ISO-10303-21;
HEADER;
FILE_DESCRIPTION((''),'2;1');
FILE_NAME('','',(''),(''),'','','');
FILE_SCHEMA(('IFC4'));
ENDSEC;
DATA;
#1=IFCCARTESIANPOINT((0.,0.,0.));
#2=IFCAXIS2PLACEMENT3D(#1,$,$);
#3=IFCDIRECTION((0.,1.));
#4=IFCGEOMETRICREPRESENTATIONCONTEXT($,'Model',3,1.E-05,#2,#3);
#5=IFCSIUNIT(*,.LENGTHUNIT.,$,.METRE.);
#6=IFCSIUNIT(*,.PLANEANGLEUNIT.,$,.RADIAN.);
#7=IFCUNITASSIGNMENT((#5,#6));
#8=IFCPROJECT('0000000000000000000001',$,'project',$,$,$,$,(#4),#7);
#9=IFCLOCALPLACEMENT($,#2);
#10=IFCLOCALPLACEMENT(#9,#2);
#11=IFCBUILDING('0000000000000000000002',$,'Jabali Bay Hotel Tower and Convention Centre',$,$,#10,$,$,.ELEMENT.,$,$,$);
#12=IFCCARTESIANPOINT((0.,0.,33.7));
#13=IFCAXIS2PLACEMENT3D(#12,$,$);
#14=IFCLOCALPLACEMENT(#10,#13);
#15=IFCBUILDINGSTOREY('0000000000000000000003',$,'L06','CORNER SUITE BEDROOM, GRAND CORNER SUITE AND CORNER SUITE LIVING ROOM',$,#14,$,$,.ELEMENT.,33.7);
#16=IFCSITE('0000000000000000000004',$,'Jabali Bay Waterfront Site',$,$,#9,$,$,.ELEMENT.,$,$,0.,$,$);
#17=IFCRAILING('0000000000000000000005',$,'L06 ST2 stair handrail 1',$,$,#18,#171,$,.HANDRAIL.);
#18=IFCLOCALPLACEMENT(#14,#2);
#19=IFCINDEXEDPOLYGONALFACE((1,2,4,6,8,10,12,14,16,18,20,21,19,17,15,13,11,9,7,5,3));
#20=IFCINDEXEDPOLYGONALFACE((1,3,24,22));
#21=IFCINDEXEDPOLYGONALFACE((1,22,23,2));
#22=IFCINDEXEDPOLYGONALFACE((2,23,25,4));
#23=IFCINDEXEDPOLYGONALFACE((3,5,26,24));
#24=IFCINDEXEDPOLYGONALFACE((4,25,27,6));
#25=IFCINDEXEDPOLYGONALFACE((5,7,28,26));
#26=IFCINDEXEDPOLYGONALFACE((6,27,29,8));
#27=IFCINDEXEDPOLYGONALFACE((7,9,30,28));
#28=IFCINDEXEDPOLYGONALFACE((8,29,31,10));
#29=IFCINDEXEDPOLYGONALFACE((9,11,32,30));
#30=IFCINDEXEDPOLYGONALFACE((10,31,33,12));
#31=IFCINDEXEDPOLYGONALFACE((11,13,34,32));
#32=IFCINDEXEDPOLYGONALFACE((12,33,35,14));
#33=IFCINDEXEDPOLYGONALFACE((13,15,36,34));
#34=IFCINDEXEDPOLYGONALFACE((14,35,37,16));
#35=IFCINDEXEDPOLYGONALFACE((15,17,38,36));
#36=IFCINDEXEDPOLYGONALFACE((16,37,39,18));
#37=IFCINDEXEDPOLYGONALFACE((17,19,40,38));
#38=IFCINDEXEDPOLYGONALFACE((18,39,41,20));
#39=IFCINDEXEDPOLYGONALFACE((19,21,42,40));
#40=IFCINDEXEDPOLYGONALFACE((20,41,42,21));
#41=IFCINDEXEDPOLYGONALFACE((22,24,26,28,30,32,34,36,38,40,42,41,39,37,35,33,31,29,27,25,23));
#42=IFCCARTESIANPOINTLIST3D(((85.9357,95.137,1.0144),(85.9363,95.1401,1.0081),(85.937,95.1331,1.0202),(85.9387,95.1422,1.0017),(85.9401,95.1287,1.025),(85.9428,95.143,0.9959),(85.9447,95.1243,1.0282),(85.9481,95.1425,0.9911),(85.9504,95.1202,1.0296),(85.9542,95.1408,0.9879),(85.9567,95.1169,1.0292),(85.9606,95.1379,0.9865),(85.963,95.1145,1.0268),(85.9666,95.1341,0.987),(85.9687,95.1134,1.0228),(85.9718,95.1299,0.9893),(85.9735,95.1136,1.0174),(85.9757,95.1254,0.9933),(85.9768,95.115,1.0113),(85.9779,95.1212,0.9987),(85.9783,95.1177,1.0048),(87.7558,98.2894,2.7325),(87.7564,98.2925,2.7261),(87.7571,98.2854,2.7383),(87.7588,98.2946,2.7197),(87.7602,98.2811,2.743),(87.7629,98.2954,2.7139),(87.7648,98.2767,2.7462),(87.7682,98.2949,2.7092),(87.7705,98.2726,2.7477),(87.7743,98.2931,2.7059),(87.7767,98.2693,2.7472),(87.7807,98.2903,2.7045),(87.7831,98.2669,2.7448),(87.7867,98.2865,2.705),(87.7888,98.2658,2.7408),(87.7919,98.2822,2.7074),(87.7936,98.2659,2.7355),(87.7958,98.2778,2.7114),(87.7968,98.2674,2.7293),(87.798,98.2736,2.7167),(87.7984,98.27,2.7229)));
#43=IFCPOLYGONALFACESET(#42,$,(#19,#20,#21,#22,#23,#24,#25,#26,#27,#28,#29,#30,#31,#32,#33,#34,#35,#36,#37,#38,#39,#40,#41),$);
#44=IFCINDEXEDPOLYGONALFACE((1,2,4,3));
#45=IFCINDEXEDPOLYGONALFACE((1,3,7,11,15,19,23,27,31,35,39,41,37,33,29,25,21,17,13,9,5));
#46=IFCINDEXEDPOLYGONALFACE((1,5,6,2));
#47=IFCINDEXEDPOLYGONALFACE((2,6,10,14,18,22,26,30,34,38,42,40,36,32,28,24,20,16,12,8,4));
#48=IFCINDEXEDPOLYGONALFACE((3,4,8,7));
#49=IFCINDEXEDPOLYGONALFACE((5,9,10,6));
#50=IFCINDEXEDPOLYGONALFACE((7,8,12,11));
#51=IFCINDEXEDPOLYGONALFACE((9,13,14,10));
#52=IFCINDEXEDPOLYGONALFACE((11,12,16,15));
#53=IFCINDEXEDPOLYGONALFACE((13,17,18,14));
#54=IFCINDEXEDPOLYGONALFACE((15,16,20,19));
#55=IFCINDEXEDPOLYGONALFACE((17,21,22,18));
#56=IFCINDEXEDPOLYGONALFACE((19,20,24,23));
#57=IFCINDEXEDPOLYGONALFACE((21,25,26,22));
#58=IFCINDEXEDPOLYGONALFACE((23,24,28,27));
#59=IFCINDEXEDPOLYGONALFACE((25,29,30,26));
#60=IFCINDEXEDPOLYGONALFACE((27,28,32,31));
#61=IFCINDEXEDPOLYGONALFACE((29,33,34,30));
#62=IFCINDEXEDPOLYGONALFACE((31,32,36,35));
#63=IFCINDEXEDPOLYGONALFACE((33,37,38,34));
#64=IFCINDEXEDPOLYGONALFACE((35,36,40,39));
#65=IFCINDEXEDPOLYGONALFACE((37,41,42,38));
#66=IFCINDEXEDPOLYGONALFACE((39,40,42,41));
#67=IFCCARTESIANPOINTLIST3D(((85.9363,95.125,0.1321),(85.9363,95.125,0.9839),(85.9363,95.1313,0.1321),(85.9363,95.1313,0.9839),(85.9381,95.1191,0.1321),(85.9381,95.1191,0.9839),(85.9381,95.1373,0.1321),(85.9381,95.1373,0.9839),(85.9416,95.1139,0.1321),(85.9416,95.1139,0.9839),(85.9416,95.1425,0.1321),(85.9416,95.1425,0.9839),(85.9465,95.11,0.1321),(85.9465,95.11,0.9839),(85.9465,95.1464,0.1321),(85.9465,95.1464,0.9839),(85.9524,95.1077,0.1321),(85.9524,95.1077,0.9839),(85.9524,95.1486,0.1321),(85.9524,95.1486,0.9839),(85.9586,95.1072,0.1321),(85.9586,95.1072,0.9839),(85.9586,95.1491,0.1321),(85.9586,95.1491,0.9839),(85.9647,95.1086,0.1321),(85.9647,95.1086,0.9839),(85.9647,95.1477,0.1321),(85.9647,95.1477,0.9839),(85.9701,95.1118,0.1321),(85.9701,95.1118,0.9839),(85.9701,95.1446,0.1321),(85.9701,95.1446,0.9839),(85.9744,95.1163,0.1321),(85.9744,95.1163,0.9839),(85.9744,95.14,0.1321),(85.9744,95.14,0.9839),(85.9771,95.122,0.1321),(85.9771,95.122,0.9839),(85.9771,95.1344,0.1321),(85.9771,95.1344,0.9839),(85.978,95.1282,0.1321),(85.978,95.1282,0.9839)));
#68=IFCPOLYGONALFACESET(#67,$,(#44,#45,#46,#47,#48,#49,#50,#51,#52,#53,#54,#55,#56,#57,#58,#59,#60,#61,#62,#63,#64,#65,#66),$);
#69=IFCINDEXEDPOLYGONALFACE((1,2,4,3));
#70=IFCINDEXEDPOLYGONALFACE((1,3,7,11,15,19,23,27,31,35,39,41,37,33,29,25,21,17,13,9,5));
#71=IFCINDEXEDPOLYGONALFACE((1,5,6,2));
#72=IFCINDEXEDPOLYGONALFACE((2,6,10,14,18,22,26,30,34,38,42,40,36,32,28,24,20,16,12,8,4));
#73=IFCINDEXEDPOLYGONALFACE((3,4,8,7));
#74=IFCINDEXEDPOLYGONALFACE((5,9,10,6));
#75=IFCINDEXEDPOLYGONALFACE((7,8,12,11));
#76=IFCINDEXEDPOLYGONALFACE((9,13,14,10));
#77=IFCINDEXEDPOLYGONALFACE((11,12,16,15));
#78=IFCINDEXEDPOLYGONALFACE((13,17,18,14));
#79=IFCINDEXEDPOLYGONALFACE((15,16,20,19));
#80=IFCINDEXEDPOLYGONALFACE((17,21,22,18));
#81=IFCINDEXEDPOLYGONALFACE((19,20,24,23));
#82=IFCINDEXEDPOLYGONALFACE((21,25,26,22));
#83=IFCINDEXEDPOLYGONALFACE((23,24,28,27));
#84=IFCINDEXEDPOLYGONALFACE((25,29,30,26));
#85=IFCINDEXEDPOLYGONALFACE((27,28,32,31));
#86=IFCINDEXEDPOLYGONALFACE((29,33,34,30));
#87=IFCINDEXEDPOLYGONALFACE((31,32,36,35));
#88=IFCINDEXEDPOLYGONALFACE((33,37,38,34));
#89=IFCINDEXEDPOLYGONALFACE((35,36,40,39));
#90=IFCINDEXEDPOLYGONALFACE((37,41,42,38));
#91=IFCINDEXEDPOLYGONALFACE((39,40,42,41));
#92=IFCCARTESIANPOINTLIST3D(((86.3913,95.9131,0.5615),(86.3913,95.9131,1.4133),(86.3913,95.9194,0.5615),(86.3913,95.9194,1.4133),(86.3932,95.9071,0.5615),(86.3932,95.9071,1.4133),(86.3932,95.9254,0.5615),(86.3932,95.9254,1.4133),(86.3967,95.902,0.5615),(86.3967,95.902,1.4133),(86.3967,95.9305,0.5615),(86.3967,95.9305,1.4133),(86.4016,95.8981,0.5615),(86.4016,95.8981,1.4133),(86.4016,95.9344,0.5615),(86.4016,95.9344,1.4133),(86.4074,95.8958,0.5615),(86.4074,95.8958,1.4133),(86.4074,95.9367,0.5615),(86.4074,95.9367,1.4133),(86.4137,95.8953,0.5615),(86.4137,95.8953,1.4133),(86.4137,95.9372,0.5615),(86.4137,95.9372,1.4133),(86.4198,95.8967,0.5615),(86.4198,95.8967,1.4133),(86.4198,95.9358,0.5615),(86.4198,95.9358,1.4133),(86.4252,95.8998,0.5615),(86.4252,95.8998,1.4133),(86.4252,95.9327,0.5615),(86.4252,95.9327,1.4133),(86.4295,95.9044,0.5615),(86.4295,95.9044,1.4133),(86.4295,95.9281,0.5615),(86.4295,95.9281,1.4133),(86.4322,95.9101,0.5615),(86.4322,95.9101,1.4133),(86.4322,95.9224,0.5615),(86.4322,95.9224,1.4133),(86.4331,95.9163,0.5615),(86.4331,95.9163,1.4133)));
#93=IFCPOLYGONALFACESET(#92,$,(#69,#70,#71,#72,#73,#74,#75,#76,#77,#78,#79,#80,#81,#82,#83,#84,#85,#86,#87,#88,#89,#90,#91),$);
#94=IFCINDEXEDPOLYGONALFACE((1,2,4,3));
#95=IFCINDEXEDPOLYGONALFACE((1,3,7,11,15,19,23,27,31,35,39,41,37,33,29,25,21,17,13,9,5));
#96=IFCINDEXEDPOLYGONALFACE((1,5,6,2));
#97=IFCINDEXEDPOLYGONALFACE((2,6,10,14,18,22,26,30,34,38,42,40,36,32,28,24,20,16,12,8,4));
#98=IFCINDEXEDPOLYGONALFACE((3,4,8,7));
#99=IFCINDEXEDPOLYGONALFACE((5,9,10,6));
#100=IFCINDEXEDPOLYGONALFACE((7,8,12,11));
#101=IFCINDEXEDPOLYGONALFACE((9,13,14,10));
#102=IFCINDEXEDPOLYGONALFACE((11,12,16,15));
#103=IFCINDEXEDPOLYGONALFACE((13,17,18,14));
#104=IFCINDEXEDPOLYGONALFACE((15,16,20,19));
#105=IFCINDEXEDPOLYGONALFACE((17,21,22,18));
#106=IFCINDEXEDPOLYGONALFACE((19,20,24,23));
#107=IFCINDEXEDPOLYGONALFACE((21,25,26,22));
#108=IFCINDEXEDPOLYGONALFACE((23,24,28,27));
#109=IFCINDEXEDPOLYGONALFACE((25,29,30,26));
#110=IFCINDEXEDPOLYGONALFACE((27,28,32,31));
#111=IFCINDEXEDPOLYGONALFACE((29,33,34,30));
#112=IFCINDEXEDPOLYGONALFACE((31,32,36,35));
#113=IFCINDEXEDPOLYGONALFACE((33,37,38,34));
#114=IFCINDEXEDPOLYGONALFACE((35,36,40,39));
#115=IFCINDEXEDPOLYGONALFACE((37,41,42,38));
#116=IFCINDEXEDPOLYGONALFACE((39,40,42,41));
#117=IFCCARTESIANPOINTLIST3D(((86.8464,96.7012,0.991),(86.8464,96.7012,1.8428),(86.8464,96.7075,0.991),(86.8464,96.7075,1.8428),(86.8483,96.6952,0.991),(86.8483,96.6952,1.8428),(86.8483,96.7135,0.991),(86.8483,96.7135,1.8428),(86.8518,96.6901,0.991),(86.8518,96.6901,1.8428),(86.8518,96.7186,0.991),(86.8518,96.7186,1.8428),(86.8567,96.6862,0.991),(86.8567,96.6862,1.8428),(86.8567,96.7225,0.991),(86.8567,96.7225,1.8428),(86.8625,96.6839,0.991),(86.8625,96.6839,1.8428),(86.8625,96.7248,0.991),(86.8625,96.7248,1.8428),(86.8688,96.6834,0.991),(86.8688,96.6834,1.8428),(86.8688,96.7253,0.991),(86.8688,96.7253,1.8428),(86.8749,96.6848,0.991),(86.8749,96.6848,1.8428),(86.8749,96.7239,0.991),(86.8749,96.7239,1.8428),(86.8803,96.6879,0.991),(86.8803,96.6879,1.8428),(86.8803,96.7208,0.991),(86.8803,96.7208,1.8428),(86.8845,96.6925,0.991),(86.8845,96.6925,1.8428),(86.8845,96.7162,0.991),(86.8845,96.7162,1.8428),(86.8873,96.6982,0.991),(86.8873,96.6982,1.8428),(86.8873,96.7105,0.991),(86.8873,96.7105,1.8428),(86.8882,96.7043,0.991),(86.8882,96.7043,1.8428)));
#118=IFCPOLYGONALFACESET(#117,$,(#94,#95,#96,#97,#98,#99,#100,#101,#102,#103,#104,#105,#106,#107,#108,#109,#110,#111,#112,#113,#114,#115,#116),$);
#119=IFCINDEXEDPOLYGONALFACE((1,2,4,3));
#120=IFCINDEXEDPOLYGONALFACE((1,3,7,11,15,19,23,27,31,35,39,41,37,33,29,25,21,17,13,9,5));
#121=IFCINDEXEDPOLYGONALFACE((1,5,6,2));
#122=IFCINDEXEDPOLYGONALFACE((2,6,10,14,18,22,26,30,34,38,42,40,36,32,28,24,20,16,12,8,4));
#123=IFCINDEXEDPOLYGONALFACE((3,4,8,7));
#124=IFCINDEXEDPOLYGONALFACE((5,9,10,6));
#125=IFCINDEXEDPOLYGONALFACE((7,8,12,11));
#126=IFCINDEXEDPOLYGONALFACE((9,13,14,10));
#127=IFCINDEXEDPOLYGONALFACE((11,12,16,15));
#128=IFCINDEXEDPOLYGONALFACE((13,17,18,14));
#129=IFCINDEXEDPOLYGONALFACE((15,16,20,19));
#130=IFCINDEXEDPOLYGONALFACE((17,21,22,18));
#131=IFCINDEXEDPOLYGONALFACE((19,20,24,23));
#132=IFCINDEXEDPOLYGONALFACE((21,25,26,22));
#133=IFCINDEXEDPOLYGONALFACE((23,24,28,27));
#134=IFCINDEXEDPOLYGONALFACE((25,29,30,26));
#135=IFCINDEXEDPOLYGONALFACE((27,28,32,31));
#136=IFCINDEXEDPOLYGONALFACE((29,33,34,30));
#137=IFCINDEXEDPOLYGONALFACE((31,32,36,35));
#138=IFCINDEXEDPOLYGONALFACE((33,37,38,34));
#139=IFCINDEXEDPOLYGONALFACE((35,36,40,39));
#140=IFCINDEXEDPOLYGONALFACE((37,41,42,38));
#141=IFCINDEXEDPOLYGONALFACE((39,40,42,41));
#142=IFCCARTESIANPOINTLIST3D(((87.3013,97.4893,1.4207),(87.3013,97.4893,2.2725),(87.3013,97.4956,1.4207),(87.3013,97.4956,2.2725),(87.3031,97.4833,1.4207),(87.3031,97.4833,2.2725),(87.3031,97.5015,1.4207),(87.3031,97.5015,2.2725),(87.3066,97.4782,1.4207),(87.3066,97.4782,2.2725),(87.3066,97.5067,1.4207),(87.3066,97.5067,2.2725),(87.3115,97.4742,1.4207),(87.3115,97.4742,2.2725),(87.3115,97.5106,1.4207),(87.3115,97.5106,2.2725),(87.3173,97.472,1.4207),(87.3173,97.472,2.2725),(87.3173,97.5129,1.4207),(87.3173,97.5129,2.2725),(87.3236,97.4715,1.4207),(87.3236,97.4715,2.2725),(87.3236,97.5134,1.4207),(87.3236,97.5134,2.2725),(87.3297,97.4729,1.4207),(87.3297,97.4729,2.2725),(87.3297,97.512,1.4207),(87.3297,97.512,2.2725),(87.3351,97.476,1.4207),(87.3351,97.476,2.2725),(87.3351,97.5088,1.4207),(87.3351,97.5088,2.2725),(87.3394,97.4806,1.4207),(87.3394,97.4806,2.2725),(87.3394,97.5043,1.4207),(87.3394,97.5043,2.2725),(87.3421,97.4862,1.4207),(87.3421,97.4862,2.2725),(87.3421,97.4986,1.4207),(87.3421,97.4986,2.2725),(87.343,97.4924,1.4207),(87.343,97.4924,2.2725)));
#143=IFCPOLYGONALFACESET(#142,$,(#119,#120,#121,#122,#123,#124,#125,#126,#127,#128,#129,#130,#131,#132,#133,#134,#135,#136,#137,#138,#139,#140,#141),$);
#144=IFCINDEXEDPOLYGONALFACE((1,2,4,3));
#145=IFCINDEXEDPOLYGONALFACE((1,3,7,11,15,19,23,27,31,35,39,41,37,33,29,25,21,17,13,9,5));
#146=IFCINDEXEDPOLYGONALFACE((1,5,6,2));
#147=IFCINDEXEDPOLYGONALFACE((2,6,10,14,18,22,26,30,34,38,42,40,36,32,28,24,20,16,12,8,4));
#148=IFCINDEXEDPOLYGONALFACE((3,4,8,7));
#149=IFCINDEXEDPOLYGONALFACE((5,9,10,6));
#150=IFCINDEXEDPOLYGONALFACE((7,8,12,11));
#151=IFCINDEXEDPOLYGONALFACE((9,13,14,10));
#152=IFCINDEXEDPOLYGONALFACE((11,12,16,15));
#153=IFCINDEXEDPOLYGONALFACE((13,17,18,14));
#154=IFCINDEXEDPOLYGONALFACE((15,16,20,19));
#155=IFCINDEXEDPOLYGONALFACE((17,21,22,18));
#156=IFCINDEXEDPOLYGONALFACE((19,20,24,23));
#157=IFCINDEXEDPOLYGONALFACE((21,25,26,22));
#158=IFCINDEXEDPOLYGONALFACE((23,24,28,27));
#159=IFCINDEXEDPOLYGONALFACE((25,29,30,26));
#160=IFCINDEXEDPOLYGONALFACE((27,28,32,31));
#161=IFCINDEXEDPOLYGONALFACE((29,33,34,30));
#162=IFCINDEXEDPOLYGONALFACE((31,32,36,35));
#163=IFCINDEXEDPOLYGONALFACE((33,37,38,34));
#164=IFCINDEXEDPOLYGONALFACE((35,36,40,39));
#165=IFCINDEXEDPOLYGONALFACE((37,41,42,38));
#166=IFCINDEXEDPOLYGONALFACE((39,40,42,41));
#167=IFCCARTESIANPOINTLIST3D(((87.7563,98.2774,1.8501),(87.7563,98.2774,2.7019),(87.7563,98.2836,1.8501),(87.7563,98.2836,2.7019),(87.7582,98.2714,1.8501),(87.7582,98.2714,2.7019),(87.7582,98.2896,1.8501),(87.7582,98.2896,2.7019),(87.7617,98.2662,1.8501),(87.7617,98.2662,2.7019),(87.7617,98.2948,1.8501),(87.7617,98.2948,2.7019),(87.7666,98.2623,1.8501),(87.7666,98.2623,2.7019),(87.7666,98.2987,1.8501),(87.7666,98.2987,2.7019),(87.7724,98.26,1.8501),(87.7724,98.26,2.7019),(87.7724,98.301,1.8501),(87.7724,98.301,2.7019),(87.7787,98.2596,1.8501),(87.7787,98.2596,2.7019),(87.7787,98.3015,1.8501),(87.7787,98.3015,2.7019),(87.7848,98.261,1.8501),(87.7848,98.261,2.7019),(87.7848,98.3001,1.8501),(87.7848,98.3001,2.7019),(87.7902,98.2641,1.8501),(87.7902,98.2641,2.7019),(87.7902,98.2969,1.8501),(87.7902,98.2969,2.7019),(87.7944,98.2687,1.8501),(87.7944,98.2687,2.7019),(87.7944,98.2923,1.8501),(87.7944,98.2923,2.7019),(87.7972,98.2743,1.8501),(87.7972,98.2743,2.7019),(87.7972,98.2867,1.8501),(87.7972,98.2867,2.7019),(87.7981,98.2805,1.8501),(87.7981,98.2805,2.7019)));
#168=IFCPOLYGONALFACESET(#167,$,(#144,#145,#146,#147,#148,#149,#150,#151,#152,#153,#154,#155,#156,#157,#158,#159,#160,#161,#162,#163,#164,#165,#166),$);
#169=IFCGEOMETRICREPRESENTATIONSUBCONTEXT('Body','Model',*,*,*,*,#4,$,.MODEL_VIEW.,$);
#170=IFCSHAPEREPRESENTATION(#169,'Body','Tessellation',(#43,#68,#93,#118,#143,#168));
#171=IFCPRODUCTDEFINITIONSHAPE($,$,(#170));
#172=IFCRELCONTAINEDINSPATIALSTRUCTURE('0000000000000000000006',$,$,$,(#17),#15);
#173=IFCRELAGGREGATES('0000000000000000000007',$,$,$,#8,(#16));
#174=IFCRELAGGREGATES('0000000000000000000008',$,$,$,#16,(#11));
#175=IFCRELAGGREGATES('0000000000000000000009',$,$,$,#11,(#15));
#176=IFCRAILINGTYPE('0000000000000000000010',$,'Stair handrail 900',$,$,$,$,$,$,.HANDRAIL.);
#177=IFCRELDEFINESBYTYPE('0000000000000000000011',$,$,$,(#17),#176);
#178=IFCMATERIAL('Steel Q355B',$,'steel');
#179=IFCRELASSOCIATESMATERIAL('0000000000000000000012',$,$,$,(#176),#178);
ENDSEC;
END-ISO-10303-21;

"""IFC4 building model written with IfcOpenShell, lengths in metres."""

from ifc_helpers import new_model, si_unit, direction, frame, origin, origin_2d, place, context, subcontext, project, spatial, circle, extrude, material, type_object, element, save


model = new_model("IFC4")

# Units and contexts
model_context = context("Model", 3, precision=1e-05, world=origin(), true_north=direction((0.0, 1.0)))
body_context = subcontext(model_context, "Body", "Model", "MODEL_VIEW")
ifc_project = project(units=[si_unit("LENGTHUNIT", "METRE"), si_unit("PLANEANGLEUNIT", "RADIAN")], contexts=[model_context])

# Site, building, storey
site_placement = place(None, origin())
site = spatial("IfcSite", under=ifc_project, at=site_placement, Name="Jabali Bay Waterfront Site", CompositionType="ELEMENT", RefElevation=0.0)
building_placement = place(site_placement, origin())
building = spatial("IfcBuilding", under=site, at=building_placement, Name="Jabali Bay Hotel Tower and Convention Centre", CompositionType="ELEMENT")
storey_placement = place(building_placement, frame((0.0, 0.0, 33.7)))
storey = spatial("IfcBuildingStorey", under=building, at=storey_placement, Name="L06", Description="CORNER SUITE BEDROOM, GRAND CORNER SUITE AND CORNER SUITE LIVING ROOM", CompositionType="ELEMENT", Elevation=33.7)

# Railing
ifc_material_1 = material(Name="Steel Q355B", Category="steel")
railing_type_1 = type_object("IfcRailingType", Name="Stair handrail 900", PredefinedType="HANDRAIL", material=ifc_material_1)
railing_1_placement = place(storey_placement, frame((85.957, 95.1282, 0.1321)))
element("IfcRailing", 1, at=railing_1_placement, inside=storey, type_object=railing_type_1, Name="L06 ST2 stair handrail 1", PredefinedType="HANDRAIL", context=body_context, shape_type="SweptSolid", body=[
    extrude(circle(Radius=0.0239, at=origin_2d()), frame((0.0, 0.0, 0.876), z_axis=(0.452179, 0.78317, 0.426825), x_axis=(-0.866018, 0.500013, 0.0)), (0.0, 0.0, 1.0), 4.0251),
    extrude(circle(Radius=0.021, at=origin_2d()), origin(), (0.0, 0.0, 1.0), 0.8518),
    extrude(circle(Radius=0.021, at=origin_2d()), frame((0.4551, 0.7881, 0.4294)), (0.0, 0.0, 1.0), 0.8518),
    extrude(circle(Radius=0.021, at=origin_2d()), frame((0.9102, 1.5762, 0.8589)), (0.0, 0.0, 1.0), 0.8518),
    extrude(circle(Radius=0.021, at=origin_2d()), frame((1.365, 2.3643, 1.2886)), (0.0, 0.0, 1.0), 0.8518),
    extrude(circle(Radius=0.021, at=origin_2d()), frame((1.8201, 3.1523, 1.718)), (0.0, 0.0, 1.0), 0.8518),
])

save(model, "model.ifc")
